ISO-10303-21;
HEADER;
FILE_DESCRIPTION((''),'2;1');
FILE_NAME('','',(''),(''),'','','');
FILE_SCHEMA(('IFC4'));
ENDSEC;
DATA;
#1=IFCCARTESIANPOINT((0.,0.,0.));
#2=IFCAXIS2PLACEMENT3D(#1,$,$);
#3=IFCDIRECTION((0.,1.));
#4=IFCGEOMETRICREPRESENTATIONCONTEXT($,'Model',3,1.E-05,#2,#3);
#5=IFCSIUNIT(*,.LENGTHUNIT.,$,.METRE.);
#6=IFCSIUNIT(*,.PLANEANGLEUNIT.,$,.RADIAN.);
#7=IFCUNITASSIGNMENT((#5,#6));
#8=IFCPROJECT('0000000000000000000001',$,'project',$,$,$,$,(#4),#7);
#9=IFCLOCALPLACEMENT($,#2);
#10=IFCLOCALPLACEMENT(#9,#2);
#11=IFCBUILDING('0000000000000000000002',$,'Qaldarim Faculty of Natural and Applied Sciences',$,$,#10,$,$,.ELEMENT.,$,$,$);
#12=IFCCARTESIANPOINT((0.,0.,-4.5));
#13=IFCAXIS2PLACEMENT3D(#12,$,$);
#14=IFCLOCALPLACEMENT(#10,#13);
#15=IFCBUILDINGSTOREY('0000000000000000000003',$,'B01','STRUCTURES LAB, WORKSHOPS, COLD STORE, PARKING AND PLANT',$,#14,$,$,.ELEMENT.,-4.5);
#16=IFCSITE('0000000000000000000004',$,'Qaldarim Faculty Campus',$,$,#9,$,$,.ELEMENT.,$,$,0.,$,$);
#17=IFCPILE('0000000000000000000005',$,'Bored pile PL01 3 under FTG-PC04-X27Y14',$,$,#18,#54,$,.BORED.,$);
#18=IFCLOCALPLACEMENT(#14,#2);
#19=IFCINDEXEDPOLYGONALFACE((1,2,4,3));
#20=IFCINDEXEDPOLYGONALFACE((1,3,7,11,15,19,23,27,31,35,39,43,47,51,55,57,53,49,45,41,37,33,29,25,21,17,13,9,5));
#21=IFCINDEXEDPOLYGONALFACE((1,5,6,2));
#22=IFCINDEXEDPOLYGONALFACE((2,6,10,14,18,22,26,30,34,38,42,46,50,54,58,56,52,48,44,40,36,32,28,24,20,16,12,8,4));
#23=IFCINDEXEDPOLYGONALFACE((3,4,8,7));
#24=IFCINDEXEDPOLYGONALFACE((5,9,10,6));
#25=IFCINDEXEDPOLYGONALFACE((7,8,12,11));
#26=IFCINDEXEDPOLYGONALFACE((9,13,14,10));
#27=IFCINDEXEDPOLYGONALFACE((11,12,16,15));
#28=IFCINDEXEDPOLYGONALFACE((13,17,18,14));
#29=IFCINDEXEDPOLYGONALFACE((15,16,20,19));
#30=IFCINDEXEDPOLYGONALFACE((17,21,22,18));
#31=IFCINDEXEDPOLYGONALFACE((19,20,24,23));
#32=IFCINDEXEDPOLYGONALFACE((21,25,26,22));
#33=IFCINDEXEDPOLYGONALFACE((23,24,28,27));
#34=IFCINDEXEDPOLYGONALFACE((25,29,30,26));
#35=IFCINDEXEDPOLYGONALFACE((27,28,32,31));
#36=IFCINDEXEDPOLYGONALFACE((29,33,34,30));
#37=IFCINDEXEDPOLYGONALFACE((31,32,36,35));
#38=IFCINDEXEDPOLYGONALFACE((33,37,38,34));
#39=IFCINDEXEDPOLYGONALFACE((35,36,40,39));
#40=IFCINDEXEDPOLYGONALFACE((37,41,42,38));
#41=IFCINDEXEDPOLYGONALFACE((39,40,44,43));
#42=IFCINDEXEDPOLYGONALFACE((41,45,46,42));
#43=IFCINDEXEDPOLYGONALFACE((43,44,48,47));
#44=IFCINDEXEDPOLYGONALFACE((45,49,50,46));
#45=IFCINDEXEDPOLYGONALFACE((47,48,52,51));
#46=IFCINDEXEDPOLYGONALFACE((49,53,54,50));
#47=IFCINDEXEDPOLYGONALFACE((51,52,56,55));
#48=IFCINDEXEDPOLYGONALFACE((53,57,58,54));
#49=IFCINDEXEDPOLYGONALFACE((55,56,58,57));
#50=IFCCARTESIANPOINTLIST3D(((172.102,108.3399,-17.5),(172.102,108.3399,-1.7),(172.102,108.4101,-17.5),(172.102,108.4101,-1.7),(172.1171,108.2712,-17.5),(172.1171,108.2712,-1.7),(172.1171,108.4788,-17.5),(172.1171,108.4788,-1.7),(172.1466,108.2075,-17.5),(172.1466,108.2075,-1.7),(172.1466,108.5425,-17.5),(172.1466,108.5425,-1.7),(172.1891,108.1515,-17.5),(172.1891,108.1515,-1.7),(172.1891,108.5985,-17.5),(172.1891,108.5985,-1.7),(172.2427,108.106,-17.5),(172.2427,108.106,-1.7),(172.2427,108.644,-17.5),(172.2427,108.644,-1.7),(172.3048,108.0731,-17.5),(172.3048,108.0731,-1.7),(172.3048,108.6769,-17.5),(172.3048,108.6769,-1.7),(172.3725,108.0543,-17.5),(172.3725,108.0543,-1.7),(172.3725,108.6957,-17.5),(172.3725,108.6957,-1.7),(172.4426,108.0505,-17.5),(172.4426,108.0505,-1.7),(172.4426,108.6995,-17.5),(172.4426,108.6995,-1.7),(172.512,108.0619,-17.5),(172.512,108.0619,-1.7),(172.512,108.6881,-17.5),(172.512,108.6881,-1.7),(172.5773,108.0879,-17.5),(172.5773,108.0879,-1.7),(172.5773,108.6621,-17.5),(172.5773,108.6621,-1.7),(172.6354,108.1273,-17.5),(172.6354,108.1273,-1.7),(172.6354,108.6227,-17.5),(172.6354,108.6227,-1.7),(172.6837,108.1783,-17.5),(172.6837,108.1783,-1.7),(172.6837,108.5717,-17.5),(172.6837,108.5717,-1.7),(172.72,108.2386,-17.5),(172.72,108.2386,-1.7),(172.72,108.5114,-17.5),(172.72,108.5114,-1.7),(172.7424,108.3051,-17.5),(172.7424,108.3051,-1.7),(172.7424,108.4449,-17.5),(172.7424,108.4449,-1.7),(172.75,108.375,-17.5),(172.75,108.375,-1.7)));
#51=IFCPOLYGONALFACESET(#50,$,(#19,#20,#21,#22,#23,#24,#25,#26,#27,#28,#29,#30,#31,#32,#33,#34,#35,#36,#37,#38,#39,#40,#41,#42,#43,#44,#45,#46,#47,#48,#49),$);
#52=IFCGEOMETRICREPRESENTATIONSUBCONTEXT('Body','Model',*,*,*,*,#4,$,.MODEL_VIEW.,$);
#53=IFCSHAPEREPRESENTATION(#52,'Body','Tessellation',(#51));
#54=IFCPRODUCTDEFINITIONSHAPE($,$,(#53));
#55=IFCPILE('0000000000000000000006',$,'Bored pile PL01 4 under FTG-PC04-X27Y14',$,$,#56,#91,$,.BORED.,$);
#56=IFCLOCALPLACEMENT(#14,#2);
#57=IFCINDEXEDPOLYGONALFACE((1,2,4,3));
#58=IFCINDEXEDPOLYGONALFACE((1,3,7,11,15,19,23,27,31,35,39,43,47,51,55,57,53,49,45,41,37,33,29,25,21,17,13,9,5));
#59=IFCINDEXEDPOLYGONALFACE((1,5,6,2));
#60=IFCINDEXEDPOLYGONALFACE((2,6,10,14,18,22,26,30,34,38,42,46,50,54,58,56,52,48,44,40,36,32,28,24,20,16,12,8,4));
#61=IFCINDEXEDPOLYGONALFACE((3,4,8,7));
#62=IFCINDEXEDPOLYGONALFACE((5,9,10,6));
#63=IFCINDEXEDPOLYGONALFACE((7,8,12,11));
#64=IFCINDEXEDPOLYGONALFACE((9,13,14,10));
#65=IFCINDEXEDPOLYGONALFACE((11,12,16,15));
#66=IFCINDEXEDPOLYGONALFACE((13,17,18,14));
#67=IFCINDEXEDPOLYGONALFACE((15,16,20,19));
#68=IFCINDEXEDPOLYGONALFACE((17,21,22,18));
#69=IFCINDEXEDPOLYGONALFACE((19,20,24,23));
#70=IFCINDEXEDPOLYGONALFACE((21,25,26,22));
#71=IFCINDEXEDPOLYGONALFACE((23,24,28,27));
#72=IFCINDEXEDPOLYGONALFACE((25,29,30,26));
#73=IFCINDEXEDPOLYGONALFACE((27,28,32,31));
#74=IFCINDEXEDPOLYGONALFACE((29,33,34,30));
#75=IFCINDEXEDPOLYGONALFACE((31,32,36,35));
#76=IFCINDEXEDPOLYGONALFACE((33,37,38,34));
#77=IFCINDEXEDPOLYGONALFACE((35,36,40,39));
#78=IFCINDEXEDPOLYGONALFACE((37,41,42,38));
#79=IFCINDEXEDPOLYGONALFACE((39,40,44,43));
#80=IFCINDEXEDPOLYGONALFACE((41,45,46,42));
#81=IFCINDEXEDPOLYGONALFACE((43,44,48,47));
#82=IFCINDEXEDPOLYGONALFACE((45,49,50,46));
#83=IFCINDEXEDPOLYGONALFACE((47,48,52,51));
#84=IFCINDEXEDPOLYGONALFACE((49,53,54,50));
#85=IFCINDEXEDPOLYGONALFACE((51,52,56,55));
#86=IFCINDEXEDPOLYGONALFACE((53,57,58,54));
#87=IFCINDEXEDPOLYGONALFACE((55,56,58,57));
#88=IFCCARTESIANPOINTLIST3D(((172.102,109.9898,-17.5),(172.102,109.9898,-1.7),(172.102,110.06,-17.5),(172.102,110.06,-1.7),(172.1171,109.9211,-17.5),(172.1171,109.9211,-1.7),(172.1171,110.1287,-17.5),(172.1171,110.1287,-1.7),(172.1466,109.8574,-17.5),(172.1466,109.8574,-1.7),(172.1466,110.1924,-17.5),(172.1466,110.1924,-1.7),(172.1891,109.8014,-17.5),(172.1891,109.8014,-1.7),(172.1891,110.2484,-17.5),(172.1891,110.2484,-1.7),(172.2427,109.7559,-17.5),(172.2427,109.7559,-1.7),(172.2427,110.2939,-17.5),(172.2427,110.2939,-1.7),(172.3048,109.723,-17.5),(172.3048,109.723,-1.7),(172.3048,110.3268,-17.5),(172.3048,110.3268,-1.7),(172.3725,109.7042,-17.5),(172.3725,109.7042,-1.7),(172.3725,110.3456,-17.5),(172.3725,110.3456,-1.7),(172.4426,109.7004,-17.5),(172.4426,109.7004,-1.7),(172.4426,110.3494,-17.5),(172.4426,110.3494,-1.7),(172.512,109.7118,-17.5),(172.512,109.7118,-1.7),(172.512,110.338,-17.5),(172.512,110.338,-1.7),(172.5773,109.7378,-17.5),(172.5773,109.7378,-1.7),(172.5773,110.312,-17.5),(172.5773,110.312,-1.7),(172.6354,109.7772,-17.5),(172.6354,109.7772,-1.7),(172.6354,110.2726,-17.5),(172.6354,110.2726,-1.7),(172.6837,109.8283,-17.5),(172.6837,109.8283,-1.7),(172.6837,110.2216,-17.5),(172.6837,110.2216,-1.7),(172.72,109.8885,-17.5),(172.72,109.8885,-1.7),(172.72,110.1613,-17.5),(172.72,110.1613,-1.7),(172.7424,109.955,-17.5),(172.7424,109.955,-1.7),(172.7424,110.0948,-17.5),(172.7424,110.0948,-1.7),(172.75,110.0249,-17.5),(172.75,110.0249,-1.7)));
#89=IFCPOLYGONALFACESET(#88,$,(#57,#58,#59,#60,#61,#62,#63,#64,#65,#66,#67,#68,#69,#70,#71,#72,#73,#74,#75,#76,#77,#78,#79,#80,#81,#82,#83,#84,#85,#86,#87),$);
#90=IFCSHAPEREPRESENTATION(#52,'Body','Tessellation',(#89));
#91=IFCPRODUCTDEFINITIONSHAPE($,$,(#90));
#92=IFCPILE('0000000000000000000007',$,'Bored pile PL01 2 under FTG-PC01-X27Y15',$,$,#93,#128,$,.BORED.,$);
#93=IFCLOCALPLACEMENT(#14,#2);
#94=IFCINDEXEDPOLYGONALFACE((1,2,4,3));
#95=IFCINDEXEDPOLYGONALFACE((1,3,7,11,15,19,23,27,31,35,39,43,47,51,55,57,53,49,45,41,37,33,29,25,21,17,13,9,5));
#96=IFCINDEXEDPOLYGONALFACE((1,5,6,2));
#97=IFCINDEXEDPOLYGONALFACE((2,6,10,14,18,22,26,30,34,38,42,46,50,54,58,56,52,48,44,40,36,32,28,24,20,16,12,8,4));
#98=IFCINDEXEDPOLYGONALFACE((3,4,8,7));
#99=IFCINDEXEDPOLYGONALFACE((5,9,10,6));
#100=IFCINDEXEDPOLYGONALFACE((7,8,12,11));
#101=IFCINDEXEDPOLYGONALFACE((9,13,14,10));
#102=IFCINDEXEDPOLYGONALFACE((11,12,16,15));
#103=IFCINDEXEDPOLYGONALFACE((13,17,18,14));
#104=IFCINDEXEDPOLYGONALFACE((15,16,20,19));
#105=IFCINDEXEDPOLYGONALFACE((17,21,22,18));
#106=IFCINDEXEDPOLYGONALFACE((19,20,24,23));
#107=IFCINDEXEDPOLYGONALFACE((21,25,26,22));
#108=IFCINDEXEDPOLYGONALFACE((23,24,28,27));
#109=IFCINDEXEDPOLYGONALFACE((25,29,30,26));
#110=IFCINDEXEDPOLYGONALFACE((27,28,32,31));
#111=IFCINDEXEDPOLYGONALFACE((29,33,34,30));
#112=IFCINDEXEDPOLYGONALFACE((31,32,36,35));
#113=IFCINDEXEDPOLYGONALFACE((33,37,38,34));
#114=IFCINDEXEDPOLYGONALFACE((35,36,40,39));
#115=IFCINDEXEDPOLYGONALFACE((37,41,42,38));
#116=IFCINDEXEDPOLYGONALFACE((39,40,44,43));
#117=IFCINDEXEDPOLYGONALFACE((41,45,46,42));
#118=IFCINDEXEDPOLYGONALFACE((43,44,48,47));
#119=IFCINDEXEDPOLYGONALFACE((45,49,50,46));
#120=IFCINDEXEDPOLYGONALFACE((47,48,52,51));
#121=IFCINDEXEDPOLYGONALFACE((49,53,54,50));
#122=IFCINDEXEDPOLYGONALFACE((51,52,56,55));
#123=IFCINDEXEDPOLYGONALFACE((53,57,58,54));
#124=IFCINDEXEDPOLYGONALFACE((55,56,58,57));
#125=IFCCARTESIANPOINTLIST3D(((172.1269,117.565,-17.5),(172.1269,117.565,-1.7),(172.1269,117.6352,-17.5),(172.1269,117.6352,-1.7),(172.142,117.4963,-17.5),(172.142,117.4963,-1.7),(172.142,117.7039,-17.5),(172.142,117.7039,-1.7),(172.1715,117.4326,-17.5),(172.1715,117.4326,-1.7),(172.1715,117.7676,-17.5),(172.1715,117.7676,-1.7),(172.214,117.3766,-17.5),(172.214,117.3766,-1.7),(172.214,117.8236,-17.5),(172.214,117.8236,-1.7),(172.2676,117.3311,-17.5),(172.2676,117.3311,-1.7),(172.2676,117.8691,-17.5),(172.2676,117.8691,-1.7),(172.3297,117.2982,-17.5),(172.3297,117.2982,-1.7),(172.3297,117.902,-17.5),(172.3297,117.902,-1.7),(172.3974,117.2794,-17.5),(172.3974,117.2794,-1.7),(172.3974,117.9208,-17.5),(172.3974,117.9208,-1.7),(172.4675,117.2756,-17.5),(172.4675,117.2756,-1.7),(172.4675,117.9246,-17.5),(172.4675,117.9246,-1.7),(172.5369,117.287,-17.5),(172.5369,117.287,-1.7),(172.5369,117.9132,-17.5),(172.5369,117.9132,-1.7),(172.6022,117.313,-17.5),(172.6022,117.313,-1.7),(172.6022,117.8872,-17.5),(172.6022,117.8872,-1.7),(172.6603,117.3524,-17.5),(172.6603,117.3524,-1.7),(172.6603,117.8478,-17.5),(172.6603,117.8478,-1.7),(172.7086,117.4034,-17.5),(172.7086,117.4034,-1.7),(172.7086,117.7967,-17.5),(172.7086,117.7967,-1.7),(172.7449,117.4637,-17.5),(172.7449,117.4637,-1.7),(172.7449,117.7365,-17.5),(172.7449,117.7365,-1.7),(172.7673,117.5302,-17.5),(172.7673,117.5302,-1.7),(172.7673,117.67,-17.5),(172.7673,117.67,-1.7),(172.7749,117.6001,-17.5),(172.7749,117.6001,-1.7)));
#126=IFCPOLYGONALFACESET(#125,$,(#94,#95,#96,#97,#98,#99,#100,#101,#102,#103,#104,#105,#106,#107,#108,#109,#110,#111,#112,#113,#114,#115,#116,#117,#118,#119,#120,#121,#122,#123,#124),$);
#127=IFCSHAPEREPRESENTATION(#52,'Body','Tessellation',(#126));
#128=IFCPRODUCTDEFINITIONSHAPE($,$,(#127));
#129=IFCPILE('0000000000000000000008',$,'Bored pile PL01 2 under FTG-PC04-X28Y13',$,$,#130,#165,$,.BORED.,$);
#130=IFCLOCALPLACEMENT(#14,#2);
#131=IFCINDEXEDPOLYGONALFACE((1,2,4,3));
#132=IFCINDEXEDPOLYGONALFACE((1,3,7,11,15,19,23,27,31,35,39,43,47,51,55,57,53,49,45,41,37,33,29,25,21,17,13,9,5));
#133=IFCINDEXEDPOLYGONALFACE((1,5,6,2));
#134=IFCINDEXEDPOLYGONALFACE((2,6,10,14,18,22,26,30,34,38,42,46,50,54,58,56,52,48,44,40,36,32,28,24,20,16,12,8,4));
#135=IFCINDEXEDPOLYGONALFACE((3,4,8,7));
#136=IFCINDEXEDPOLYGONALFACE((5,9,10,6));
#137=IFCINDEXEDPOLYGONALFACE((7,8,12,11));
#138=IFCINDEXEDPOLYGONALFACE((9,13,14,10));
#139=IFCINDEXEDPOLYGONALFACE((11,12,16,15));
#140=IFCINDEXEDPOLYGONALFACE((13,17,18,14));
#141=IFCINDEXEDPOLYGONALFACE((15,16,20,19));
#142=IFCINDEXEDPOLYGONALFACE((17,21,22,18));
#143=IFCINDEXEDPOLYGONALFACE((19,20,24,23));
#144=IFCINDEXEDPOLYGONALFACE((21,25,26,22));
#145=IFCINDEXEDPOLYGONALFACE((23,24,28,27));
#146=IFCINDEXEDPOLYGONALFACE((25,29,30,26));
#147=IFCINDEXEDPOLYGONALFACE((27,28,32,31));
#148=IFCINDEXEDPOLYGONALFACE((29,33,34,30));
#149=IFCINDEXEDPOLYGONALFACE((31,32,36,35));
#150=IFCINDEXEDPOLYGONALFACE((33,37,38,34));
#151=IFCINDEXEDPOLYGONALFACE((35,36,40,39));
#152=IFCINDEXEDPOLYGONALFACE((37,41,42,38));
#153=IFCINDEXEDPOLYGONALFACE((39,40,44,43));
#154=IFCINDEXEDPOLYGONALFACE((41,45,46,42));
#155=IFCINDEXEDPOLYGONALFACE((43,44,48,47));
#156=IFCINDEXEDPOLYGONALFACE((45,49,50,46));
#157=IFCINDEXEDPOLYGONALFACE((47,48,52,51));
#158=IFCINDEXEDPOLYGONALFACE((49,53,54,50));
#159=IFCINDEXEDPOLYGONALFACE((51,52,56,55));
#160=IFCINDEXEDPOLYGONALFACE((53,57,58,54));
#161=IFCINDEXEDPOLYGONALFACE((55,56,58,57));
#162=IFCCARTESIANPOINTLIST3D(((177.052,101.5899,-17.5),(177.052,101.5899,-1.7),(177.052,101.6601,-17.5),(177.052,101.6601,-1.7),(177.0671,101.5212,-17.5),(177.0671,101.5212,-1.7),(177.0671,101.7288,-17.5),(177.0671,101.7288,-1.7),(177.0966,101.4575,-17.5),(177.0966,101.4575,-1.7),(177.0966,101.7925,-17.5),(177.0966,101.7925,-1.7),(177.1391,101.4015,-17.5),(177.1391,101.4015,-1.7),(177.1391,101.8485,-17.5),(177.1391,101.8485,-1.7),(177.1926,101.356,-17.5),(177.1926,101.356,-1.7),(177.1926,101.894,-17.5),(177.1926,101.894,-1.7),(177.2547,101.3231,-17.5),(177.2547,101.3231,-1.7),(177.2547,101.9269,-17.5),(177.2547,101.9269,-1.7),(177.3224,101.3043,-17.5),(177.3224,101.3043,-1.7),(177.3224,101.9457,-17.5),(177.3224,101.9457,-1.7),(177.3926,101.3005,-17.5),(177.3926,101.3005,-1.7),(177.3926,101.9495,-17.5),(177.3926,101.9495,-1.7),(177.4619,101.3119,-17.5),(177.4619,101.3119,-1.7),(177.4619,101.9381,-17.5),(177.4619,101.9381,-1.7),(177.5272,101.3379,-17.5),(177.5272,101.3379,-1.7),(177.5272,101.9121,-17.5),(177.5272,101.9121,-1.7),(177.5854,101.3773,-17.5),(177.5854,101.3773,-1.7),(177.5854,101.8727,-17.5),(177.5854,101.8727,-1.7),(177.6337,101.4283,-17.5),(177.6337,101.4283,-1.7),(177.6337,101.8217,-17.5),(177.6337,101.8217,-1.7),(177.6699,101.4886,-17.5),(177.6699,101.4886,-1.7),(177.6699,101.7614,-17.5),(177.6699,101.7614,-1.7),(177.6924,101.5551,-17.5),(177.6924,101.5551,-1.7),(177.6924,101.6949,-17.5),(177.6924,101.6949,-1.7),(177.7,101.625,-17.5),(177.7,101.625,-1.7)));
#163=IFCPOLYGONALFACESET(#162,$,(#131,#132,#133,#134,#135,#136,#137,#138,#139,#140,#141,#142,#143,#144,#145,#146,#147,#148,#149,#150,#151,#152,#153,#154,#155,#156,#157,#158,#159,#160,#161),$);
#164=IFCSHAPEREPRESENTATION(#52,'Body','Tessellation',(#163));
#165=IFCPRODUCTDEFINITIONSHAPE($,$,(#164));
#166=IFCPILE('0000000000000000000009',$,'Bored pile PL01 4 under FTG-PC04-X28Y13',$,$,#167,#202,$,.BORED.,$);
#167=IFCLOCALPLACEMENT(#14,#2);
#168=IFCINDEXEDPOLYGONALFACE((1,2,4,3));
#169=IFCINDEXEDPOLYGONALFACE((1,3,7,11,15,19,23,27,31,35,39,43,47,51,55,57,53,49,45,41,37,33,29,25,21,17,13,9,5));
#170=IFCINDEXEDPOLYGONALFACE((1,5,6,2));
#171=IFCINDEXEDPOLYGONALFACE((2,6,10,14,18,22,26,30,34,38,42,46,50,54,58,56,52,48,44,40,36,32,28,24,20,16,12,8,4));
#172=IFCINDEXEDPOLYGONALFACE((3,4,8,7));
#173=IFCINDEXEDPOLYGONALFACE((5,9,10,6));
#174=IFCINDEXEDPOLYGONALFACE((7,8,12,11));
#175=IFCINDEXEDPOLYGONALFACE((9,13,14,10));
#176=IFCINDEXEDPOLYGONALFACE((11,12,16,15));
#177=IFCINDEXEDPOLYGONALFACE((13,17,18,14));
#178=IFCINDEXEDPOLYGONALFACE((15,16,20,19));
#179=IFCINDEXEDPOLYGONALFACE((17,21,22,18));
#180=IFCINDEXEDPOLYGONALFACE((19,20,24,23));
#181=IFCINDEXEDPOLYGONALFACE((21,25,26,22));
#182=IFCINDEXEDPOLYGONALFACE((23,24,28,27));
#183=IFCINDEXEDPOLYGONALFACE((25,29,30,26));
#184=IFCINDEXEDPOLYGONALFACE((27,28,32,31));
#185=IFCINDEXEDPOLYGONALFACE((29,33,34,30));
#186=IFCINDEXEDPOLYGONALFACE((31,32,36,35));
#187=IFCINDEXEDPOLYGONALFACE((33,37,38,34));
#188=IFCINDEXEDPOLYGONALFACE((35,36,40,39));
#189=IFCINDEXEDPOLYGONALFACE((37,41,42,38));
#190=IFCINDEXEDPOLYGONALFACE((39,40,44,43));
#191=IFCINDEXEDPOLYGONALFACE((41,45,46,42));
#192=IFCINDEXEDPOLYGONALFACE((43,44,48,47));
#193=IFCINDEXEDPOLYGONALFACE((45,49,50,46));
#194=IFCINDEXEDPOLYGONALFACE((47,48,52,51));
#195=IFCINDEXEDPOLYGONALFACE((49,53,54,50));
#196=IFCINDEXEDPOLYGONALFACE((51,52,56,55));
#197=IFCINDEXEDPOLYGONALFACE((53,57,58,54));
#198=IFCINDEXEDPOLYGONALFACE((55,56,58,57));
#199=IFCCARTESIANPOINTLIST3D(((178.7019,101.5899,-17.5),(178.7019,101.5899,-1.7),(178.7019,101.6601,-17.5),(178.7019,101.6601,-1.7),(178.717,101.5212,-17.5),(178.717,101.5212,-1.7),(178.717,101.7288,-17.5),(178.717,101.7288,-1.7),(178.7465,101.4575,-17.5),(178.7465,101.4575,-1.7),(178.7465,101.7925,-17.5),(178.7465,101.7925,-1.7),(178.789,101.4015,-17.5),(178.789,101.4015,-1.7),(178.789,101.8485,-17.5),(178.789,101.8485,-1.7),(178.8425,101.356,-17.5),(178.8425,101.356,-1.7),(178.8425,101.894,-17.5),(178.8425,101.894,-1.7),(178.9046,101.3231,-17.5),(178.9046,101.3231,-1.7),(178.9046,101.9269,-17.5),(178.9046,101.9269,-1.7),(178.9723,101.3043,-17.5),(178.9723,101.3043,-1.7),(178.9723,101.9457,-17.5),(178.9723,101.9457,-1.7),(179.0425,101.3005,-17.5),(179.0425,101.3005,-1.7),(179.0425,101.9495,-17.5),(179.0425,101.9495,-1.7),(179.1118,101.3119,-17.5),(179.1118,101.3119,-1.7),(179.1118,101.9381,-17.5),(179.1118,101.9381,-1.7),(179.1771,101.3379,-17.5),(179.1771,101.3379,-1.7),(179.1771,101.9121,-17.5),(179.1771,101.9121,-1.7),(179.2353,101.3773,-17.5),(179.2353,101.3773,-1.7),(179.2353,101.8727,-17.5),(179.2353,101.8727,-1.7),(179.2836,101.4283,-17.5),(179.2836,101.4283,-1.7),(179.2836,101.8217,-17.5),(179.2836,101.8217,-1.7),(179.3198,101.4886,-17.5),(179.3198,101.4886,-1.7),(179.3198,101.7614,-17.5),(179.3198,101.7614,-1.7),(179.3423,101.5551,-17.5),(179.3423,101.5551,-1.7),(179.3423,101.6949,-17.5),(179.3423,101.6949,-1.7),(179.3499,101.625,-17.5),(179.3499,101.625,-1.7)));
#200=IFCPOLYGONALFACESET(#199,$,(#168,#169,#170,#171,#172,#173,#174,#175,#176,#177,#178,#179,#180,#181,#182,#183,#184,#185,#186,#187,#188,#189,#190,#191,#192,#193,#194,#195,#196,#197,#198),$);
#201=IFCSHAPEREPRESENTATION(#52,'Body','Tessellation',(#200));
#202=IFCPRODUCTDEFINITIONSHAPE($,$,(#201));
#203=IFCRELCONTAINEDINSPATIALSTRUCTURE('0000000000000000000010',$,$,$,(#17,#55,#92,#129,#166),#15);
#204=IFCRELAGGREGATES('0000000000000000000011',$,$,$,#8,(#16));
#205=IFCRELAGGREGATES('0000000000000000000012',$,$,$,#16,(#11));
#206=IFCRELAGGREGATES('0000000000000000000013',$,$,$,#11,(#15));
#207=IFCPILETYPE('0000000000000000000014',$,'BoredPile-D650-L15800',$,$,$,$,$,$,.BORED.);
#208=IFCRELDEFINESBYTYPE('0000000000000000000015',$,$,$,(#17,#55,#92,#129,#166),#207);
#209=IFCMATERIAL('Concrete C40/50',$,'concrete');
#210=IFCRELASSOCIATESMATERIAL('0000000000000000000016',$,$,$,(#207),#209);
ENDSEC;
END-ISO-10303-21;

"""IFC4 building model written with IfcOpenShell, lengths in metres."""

from ifc_helpers import new_model, si_unit, direction, frame, origin, origin_2d, place, context, subcontext, project, spatial, circle, extrude, material, material_profile, profile_set, type_object, element, save


model = new_model("IFC4")

# Units and contexts
model_context = context("Model", 3, precision=1e-05, world=origin(), true_north=direction((0.0, 1.0)))
body_context = subcontext(model_context, "Body", "Model", "MODEL_VIEW")
ifc_project = project(units=[si_unit("LENGTHUNIT", "METRE"), si_unit("PLANEANGLEUNIT", "RADIAN")], contexts=[model_context])

# Site, building, storey
site_placement = place(None, origin())
site = spatial("IfcSite", under=ifc_project, at=site_placement, Name="Qaldarim Faculty Campus", CompositionType="ELEMENT", RefElevation=0.0)
building_placement = place(site_placement, origin())
building = spatial("IfcBuilding", under=site, at=building_placement, Name="Qaldarim Faculty of Natural and Applied Sciences", CompositionType="ELEMENT")
storey_placement = place(building_placement, frame((0.0, 0.0, -4.5)))
storey = spatial("IfcBuildingStorey", under=building, at=storey_placement, Name="B01", Description="STRUCTURES LAB, WORKSHOPS, COLD STORE, PARKING AND PLANT", CompositionType="ELEMENT", Elevation=-4.5)

# Piles
ifc_material_1 = material(Name="Concrete C40/50", Category="concrete")
ifc_material_profile_1 = material_profile(ifc_material_1, circle(Radius=0.325, at=origin_2d()), Name="PILE-D650")
ifc_profile_set_1 = profile_set([ifc_material_profile_1], Name="Concrete C40/50")
pile_type_1 = type_object("IfcPileType", Name="BoredPile-D650-L15800", PredefinedType="BORED", material=ifc_profile_set_1)
for number, where, z_axis, x_axis, name in (
    (1, (172.425, 108.375, -1.7), (0.0, 0.0, -1.0), (1.0, 0.0, 0.0), "Bored pile PL01 3 under FTG-PC04-X27Y14"),
    (2, (172.425, 110.0249, -1.7), (0.0, 0.0, -1.0), (1.0, 0.0, 0.0), "Bored pile PL01 4 under FTG-PC04-X27Y14"),
    (3, (172.45, 117.6001, -1.7), (0.0, 0.0, -1.0), (1.0, 0.0, 0.0), "Bored pile PL01 2 under FTG-PC01-X27Y15"),
    (4, (177.375, 101.625, -1.7), (0.0, 0.0, -1.0), (1.0, 0.0, 0.0), "Bored pile PL01 2 under FTG-PC04-X28Y13"),
    (5, (179.0249, 101.625, -1.7), (0.0, 0.0, -1.0), (1.0, 0.0, 0.0), "Bored pile PL01 4 under FTG-PC04-X28Y13"),
):
    element("IfcPile", number, at=place(storey_placement, frame(where, z_axis=z_axis, x_axis=x_axis)), inside=storey, type_object=pile_type_1, Name=name, PredefinedType="BORED", context=body_context, shape_type="SweptSolid", body=[
        extrude(circle(Radius=0.325, at=origin_2d()), origin(), (0.0, 0.0, 1.0), 15.8),
    ])

save(model, "model.ifc")
